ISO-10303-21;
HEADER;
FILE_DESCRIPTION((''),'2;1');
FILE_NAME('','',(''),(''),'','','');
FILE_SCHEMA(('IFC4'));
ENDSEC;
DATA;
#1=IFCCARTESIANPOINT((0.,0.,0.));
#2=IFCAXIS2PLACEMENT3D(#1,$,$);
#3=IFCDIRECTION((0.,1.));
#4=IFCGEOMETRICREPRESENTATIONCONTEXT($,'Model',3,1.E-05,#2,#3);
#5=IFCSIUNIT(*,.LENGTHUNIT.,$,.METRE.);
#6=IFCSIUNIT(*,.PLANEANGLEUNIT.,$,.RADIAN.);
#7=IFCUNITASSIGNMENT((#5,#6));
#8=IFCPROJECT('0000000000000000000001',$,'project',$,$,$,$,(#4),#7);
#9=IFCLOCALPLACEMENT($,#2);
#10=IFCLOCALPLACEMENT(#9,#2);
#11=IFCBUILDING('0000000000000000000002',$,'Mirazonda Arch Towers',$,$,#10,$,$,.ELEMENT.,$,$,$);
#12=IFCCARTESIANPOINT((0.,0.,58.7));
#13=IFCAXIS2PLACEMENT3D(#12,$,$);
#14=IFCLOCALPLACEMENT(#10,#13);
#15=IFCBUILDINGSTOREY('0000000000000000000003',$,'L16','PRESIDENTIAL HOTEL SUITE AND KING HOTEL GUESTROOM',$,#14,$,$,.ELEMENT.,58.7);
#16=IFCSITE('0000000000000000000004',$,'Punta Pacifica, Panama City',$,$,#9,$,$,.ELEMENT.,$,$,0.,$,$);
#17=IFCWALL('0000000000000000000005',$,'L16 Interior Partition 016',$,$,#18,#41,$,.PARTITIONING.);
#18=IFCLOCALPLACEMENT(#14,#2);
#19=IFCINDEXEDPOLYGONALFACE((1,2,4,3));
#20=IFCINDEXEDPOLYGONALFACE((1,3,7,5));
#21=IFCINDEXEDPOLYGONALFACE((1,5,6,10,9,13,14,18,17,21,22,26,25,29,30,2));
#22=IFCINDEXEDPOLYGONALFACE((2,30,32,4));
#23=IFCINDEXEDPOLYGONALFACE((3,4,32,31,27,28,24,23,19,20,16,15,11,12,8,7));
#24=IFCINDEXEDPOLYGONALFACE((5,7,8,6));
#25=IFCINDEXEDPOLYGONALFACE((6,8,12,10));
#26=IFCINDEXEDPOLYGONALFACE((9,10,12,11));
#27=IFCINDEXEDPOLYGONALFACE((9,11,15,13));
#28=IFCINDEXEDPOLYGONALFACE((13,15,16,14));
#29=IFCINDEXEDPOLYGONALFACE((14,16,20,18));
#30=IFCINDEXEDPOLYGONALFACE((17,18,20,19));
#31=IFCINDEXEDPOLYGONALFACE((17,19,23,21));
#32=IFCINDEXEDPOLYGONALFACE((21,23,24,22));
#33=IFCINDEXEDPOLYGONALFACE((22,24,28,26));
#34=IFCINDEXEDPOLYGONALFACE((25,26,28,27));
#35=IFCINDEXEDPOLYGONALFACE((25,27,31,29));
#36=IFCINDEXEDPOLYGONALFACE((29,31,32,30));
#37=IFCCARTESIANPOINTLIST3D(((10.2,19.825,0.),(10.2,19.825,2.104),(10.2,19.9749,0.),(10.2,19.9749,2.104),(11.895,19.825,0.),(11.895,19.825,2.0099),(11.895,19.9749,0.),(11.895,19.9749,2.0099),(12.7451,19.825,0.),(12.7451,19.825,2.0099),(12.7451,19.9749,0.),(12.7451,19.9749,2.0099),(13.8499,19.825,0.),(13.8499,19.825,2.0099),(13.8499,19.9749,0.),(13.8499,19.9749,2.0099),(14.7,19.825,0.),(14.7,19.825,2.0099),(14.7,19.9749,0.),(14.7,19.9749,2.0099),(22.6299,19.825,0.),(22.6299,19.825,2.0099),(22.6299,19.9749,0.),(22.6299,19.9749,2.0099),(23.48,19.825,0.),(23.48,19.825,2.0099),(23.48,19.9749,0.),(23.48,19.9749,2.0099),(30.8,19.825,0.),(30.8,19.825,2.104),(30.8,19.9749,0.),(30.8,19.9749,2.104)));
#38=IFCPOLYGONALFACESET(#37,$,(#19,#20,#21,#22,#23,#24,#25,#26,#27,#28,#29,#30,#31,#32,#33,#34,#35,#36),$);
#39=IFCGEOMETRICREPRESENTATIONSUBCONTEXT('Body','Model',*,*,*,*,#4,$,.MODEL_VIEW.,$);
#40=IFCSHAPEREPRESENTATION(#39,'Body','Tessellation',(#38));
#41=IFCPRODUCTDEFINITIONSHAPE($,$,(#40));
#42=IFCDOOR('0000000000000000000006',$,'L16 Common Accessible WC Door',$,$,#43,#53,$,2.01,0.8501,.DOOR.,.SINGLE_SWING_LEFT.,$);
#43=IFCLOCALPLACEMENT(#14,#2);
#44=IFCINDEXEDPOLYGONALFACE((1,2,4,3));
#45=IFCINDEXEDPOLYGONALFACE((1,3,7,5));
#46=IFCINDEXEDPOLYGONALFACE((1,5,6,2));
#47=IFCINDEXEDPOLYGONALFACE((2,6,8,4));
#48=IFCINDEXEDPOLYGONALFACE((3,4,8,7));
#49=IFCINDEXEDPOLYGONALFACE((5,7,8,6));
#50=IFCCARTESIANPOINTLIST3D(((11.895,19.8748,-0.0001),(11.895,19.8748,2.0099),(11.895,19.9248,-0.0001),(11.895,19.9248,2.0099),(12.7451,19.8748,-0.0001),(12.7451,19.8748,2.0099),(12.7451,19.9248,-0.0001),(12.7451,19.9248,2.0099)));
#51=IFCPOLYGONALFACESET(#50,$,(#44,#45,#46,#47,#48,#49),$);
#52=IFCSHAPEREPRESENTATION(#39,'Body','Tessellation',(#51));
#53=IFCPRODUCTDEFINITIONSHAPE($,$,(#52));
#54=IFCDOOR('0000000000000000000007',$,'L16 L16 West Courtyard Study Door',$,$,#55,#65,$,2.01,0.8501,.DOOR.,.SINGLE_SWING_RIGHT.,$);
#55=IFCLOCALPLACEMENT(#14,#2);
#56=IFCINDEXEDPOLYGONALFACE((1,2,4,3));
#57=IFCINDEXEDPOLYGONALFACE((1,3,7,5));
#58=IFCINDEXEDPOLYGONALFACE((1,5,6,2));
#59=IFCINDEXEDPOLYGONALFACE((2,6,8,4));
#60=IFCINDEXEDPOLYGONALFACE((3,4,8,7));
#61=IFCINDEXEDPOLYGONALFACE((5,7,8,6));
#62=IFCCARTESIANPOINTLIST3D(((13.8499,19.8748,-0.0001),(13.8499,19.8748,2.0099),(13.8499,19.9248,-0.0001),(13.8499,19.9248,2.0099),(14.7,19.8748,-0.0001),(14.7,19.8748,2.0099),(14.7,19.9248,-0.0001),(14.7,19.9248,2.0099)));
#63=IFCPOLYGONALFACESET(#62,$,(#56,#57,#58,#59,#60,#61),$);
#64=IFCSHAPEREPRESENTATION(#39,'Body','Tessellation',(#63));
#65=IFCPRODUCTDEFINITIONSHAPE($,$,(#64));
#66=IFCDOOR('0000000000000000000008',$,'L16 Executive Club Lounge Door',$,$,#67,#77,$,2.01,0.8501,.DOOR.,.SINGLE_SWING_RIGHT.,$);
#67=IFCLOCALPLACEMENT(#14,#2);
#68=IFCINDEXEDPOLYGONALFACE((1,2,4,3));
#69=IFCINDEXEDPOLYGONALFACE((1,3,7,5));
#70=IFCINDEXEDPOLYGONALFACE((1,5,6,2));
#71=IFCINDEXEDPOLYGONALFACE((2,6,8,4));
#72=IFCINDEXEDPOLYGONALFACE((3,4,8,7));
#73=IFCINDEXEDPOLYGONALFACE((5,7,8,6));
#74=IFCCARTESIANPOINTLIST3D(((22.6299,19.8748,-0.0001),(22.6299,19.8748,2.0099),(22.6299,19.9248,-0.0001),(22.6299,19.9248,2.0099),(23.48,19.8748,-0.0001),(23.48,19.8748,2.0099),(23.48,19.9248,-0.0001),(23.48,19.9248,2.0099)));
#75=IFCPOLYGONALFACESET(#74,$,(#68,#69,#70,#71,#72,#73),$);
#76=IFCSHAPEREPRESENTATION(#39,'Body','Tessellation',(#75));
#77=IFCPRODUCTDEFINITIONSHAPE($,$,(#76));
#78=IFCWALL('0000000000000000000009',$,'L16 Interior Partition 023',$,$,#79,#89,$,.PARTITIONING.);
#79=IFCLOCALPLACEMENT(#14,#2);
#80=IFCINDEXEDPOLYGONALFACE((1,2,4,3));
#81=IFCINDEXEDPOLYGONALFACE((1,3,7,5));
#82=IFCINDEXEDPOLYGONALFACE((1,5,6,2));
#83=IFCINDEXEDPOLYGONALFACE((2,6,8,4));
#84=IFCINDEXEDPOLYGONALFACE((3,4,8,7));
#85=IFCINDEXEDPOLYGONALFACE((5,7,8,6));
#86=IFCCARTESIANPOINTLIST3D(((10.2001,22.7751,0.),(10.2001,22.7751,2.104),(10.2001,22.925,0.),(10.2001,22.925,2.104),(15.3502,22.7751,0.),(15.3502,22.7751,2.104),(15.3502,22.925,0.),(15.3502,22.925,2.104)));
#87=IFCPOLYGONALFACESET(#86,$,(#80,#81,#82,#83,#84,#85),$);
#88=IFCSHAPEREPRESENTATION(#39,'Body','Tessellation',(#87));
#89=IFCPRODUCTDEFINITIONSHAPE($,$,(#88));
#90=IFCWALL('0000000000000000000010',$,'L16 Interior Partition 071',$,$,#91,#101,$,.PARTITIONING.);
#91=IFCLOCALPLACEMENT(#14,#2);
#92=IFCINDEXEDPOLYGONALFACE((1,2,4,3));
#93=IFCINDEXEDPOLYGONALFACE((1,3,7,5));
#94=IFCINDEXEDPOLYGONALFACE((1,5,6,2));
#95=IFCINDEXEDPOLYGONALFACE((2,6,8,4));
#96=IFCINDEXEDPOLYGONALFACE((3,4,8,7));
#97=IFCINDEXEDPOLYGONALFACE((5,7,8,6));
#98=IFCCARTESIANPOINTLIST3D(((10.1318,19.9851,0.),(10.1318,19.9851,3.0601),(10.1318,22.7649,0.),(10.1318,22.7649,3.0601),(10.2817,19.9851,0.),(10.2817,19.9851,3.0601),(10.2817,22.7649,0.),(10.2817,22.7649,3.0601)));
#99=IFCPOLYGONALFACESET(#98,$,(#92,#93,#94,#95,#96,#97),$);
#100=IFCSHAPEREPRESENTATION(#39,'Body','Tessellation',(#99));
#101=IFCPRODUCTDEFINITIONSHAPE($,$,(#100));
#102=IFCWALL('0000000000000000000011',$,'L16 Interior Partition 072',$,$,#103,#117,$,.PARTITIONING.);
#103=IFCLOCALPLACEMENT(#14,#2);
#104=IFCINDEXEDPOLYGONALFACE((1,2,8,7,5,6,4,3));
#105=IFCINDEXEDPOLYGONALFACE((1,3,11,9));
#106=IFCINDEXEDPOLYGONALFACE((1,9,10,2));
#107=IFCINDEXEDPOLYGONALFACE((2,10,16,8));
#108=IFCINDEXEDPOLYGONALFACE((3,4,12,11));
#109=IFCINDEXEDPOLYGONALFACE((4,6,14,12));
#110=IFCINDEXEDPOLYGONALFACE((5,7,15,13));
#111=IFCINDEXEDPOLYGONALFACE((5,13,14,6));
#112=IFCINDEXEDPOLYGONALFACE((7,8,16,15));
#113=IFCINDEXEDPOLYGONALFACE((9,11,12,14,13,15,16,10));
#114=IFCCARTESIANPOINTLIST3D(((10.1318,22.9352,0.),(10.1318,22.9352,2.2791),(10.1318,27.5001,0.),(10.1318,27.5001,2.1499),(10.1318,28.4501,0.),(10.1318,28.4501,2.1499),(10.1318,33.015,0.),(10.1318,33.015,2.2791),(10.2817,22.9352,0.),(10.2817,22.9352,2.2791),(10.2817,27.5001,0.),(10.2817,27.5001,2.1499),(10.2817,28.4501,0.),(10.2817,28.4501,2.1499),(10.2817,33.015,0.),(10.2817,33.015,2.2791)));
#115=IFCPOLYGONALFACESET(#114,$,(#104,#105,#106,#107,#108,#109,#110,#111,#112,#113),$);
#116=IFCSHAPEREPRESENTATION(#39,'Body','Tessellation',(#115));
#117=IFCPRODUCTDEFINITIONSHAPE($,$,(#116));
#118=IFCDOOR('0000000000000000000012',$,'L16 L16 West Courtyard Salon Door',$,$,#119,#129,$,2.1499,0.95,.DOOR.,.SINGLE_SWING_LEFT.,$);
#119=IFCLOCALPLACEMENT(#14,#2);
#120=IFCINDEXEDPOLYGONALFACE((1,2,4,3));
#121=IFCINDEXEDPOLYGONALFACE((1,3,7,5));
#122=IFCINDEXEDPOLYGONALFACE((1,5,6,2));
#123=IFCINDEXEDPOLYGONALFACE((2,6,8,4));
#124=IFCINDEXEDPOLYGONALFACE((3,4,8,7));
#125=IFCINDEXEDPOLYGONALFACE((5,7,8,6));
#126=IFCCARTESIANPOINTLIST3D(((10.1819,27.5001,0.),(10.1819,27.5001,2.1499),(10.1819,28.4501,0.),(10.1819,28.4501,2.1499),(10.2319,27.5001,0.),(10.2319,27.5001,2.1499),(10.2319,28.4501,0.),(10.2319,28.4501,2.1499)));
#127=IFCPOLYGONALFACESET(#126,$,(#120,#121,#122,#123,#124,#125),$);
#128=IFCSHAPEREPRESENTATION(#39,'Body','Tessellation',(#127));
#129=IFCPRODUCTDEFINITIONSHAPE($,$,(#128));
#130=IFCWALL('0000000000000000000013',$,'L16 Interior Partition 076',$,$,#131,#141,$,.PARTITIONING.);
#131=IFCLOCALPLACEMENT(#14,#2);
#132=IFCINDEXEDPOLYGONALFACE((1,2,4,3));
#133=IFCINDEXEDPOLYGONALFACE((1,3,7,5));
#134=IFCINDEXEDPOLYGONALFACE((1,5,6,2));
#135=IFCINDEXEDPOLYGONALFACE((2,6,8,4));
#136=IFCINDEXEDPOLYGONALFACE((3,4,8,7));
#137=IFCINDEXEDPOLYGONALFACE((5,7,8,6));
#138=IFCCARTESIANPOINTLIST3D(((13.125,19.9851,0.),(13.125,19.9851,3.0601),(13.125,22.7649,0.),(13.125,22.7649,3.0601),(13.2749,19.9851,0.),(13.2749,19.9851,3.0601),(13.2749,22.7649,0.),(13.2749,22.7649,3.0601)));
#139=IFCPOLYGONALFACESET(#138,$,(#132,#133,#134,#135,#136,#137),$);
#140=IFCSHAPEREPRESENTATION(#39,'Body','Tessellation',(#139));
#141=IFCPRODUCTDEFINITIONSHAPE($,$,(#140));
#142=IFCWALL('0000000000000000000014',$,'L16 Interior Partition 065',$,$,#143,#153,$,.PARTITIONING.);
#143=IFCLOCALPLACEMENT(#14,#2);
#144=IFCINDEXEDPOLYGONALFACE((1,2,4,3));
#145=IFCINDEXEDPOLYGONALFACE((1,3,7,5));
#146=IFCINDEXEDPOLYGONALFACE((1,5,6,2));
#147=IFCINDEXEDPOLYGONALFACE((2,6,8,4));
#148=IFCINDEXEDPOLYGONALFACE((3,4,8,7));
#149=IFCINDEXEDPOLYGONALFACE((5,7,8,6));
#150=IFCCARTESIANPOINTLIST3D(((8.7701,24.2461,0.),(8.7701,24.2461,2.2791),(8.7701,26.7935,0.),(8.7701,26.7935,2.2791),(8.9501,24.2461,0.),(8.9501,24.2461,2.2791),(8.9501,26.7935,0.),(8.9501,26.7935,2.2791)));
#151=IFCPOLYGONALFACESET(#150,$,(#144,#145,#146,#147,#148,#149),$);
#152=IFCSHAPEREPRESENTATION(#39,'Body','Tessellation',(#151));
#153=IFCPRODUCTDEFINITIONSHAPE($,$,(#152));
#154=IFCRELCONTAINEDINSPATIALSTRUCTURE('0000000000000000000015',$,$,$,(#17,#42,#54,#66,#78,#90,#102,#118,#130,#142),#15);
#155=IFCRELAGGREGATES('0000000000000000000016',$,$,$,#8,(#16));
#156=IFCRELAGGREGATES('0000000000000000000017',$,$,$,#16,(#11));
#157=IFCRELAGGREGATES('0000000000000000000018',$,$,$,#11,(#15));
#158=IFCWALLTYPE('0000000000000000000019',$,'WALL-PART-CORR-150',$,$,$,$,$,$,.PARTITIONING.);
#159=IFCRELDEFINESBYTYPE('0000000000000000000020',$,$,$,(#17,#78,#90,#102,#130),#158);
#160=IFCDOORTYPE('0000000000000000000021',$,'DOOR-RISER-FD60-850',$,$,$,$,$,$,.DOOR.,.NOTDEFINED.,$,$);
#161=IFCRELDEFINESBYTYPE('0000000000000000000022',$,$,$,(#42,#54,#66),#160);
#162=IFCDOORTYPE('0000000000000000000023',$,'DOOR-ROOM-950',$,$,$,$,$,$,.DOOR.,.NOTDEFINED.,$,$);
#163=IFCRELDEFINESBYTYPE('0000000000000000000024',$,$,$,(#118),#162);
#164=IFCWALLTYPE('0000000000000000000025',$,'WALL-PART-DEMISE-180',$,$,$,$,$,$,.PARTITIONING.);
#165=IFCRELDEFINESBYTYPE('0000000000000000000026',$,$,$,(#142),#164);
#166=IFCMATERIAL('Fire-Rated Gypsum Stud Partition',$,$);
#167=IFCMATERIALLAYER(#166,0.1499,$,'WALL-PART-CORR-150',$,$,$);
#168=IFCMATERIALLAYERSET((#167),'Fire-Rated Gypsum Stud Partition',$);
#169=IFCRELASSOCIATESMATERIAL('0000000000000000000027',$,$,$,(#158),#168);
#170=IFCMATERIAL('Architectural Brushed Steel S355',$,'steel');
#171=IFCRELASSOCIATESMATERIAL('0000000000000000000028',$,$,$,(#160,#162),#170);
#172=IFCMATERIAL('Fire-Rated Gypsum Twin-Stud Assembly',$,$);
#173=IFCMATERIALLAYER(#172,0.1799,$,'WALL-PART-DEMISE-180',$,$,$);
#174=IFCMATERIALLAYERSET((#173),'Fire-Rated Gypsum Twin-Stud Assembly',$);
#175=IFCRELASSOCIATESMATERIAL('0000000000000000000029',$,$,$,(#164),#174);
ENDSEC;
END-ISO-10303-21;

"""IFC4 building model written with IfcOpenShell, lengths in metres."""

from ifc_helpers import new_model, si_unit, direction, frame, frame_2d, origin, place, context, subcontext, project, spatial, rectangle, extrude, material, layer, layer_set, type_object, element, fill, save


model = new_model("IFC4")

# Units and contexts
model_context = context("Model", 3, precision=1e-05, world=origin(), true_north=direction((0.0, 1.0)))
body_context = subcontext(model_context, "Body", "Model", "MODEL_VIEW")
ifc_project = project(units=[si_unit("LENGTHUNIT", "METRE"), si_unit("PLANEANGLEUNIT", "RADIAN")], contexts=[model_context])

# Site, building, storey
site_placement = place(None, origin())
site = spatial("IfcSite", under=ifc_project, at=site_placement, Name="Punta Pacifica, Panama City", CompositionType="ELEMENT", RefElevation=0.0)
building_placement = place(site_placement, origin())
building = spatial("IfcBuilding", under=site, at=building_placement, Name="Mirazonda Arch Towers", CompositionType="ELEMENT")
storey_placement = place(building_placement, frame((0.0, 0.0, 58.7)))
storey = spatial("IfcBuildingStorey", under=building, at=storey_placement, Name="L16", Description="PRESIDENTIAL HOTEL SUITE AND KING HOTEL GUESTROOM", CompositionType="ELEMENT", Elevation=58.7)

# Shared definitions
ifc_material_1 = material(Name="Architectural Brushed Steel S355", Category="steel")

# Shared definitions
ifc_material_2 = material(Name="Fire-Rated Gypsum Stud Partition")
ifc_layer_1 = layer(ifc_material_2, 0.1499, Name="WALL-PART-CORR-150")
ifc_layer_set_1 = layer_set([ifc_layer_1], Name="Fire-Rated Gypsum Stud Partition")
wall_type_1 = type_object("IfcWallType", Name="WALL-PART-CORR-150", PredefinedType="PARTITIONING", material=ifc_layer_set_1)

# Wall, openings, doors
wall_1_placement = place(storey_placement, frame((10.2, 19.8999, 0.0), z_axis=(0.0, 0.0, 1.0), x_axis=(1.0, 0.0, 0.0)))
wall_1 = element("IfcWall", 1, at=wall_1_placement, inside=storey, type_object=wall_type_1, Name="L16 Interior Partition 016", PredefinedType="PARTITIONING", context=body_context, shape_type="SweptSolid", body=[
    extrude(rectangle(XDim=20.6001, YDim=0.1499, at=frame_2d((10.3, 0.0))), origin(), (0.0, 0.0, 1.0), 2.104),
])
opening_1_placement = place(wall_1_placement, frame((1.6951, 0.0, 0.0)))
opening_1 = element("IfcOpeningElement", 2, at=opening_1_placement, cuts=wall_1, PredefinedType="OPENING", context=body_context, shape_type="SweptSolid", body=[
    extrude(rectangle(XDim=0.8501, YDim=2.01, at=frame_2d((0.425, 1.0049))), frame((0.0, 0.085, 0.0), z_axis=(0.0, -1.0, 0.0), x_axis=(1.0, 0.0, 0.0)), (0.0, 0.0, 1.0), 0.1699),
])
opening_2_placement = place(wall_1_placement, frame((3.6499, 0.0, 0.0)))
opening_2 = element("IfcOpeningElement", 3, at=opening_2_placement, cuts=wall_1, PredefinedType="OPENING", context=body_context, shape_type="SweptSolid", body=[
    extrude(rectangle(XDim=0.8501, YDim=2.01, at=frame_2d((0.425, 1.0049))), frame((0.0, 0.085, 0.0), z_axis=(0.0, -1.0, 0.0), x_axis=(1.0, 0.0, 0.0)), (0.0, 0.0, 1.0), 0.1699),
])
opening_3_placement = place(wall_1_placement, frame((12.4299, 0.0, 0.0)))
opening_3 = element("IfcOpeningElement", 4, at=opening_3_placement, cuts=wall_1, PredefinedType="OPENING", context=body_context, shape_type="SweptSolid", body=[
    extrude(rectangle(XDim=0.8501, YDim=2.01, at=frame_2d((0.425, 1.0049))), frame((0.0, 0.085, 0.0), z_axis=(0.0, -1.0, 0.0), x_axis=(1.0, 0.0, 0.0)), (0.0, 0.0, 1.0), 0.1699),
])
door_type_1 = type_object("IfcDoorType", Name="DOOR-RISER-FD60-850", OperationType="NOTDEFINED", PredefinedType="DOOR", material=ifc_material_1)
door_1_placement = place(opening_1_placement, origin())
door_1 = element("IfcDoor", 5, at=door_1_placement, inside=storey, type_object=door_type_1, Name="L16 Common Accessible WC Door", OperationType="SINGLE_SWING_LEFT", OverallHeight=2.01, OverallWidth=0.8501, PredefinedType="DOOR", context=body_context, shape_type="SweptSolid", body=[
    extrude(rectangle(XDim=0.8501, YDim=2.01, at=frame_2d((0.425, 1.0049))), frame((0.0, 0.0249, 0.0), z_axis=(0.0, -1.0, 0.0), x_axis=(1.0, 0.0, 0.0)), (0.0, 0.0, 1.0), 0.05),
])
fill(opening_1, door_1)
door_2_placement = place(opening_2_placement, origin())
door_2 = element("IfcDoor", 6, at=door_2_placement, inside=storey, type_object=door_type_1, Name="L16 L16 West Courtyard Study Door", OperationType="SINGLE_SWING_RIGHT", OverallHeight=2.01, OverallWidth=0.8501, PredefinedType="DOOR", context=body_context, shape_type="SweptSolid", body=[
    extrude(rectangle(XDim=0.8501, YDim=2.01, at=frame_2d((0.425, 1.0049))), frame((0.0, 0.0249, 0.0), z_axis=(0.0, -1.0, 0.0), x_axis=(1.0, 0.0, 0.0)), (0.0, 0.0, 1.0), 0.05),
])
fill(opening_2, door_2)
door_3_placement = place(opening_3_placement, origin())
door_3 = element("IfcDoor", 7, at=door_3_placement, inside=storey, type_object=door_type_1, Name="L16 Executive Club Lounge Door", OperationType="SINGLE_SWING_RIGHT", OverallHeight=2.01, OverallWidth=0.8501, PredefinedType="DOOR", context=body_context, shape_type="SweptSolid", body=[
    extrude(rectangle(XDim=0.8501, YDim=2.01, at=frame_2d((0.425, 1.0049))), frame((0.0, 0.0249, 0.0), z_axis=(0.0, -1.0, 0.0), x_axis=(1.0, 0.0, 0.0)), (0.0, 0.0, 1.0), 0.05),
])
fill(opening_3, door_3)

# Walls
wall_2_placement = place(storey_placement, frame((10.2, 22.8501, 0.0), z_axis=(0.0, 0.0, 1.0), x_axis=(1.0, 0.0, 0.0)))
element("IfcWall", 8, at=wall_2_placement, inside=storey, type_object=wall_type_1, Name="L16 Interior Partition 023", PredefinedType="PARTITIONING", context=body_context, shape_type="SweptSolid", body=[
    extrude(rectangle(XDim=5.1501, YDim=0.1499, at=frame_2d((2.5752, 0.0))), origin(), (0.0, 0.0, 1.0), 2.104),
])
wall_3_placement = place(storey_placement, frame((10.2068, 19.9851, 0.0), z_axis=(0.0, 0.0, 1.0), x_axis=(0.0, 1.0, 0.0)))
element("IfcWall", 9, at=wall_3_placement, inside=storey, type_object=wall_type_1, Name="L16 Interior Partition 071", PredefinedType="PARTITIONING", context=body_context, shape_type="SweptSolid", body=[
    extrude(rectangle(XDim=2.7798, YDim=0.1499, at=frame_2d((1.3899, 0.0))), origin(), (0.0, 0.0, 1.0), 3.0601),
])

# Wall, opening, door
wall_4_placement = place(storey_placement, frame((10.2068, 22.9351, 0.0), z_axis=(0.0, 0.0, 1.0), x_axis=(0.0, 1.0, 0.0)))
wall_4 = element("IfcWall", 10, at=wall_4_placement, inside=storey, type_object=wall_type_1, Name="L16 Interior Partition 072", PredefinedType="PARTITIONING", context=body_context, shape_type="SweptSolid", body=[
    extrude(rectangle(XDim=10.0798, YDim=0.1499, at=frame_2d((5.04, 0.0))), origin(), (0.0, 0.0, 1.0), 2.2791),
])
opening_4_placement = place(wall_4_placement, frame((4.5649, 0.0, 0.0)))
opening_4 = element("IfcOpeningElement", 11, at=opening_4_placement, cuts=wall_4, PredefinedType="OPENING", context=body_context, shape_type="SweptSolid", body=[
    extrude(rectangle(XDim=0.95, YDim=2.1499, at=frame_2d((0.4751, 1.075))), frame((0.0, 0.085, 0.0), z_axis=(0.0, -1.0, 0.0), x_axis=(1.0, 0.0, 0.0)), (0.0, 0.0, 1.0), 0.1699),
])
door_type_2 = type_object("IfcDoorType", Name="DOOR-ROOM-950", OperationType="NOTDEFINED", PredefinedType="DOOR", material=ifc_material_1)
door_4_placement = place(opening_4_placement, origin())
door_4 = element("IfcDoor", 12, at=door_4_placement, inside=storey, type_object=door_type_2, Name="L16 L16 West Courtyard Salon Door", OperationType="SINGLE_SWING_LEFT", OverallHeight=2.1499, OverallWidth=0.95, PredefinedType="DOOR", context=body_context, shape_type="SweptSolid", body=[
    extrude(rectangle(XDim=0.95, YDim=2.1499, at=frame_2d((0.4751, 1.075))), frame((0.0, 0.0249, 0.0), z_axis=(0.0, -1.0, 0.0), x_axis=(1.0, 0.0, 0.0)), (0.0, 0.0, 1.0), 0.05),
])
fill(opening_4, door_4)

# Walls
wall_5_placement = place(storey_placement, frame((13.2, 19.9851, 0.0), z_axis=(0.0, 0.0, 1.0), x_axis=(0.0, 1.0, 0.0)))
element("IfcWall", 13, at=wall_5_placement, inside=storey, type_object=wall_type_1, Name="L16 Interior Partition 076", PredefinedType="PARTITIONING", context=body_context, shape_type="SweptSolid", body=[
    extrude(rectangle(XDim=2.7798, YDim=0.1499, at=frame_2d((1.3899, 0.0))), origin(), (0.0, 0.0, 1.0), 3.0601),
])
ifc_material_3 = material(Name="Fire-Rated Gypsum Twin-Stud Assembly")
ifc_layer_2 = layer(ifc_material_3, 0.1799, Name="WALL-PART-DEMISE-180")
ifc_layer_set_2 = layer_set([ifc_layer_2], Name="Fire-Rated Gypsum Twin-Stud Assembly")
wall_type_2 = type_object("IfcWallType", Name="WALL-PART-DEMISE-180", PredefinedType="PARTITIONING", material=ifc_layer_set_2)
wall_6_placement = place(storey_placement, frame((8.8601, 24.2461, 0.0), z_axis=(0.0, 0.0, 1.0), x_axis=(0.0, 1.0, 0.0)))
element("IfcWall", 14, at=wall_6_placement, inside=storey, type_object=wall_type_2, Name="L16 Interior Partition 065", PredefinedType="PARTITIONING", context=body_context, shape_type="SweptSolid", body=[
    extrude(rectangle(XDim=2.5474, YDim=0.1799, at=frame_2d((1.2737, 0.0))), origin(), (0.0, 0.0, 1.0), 2.2791),
])

save(model, "model.ifc")
